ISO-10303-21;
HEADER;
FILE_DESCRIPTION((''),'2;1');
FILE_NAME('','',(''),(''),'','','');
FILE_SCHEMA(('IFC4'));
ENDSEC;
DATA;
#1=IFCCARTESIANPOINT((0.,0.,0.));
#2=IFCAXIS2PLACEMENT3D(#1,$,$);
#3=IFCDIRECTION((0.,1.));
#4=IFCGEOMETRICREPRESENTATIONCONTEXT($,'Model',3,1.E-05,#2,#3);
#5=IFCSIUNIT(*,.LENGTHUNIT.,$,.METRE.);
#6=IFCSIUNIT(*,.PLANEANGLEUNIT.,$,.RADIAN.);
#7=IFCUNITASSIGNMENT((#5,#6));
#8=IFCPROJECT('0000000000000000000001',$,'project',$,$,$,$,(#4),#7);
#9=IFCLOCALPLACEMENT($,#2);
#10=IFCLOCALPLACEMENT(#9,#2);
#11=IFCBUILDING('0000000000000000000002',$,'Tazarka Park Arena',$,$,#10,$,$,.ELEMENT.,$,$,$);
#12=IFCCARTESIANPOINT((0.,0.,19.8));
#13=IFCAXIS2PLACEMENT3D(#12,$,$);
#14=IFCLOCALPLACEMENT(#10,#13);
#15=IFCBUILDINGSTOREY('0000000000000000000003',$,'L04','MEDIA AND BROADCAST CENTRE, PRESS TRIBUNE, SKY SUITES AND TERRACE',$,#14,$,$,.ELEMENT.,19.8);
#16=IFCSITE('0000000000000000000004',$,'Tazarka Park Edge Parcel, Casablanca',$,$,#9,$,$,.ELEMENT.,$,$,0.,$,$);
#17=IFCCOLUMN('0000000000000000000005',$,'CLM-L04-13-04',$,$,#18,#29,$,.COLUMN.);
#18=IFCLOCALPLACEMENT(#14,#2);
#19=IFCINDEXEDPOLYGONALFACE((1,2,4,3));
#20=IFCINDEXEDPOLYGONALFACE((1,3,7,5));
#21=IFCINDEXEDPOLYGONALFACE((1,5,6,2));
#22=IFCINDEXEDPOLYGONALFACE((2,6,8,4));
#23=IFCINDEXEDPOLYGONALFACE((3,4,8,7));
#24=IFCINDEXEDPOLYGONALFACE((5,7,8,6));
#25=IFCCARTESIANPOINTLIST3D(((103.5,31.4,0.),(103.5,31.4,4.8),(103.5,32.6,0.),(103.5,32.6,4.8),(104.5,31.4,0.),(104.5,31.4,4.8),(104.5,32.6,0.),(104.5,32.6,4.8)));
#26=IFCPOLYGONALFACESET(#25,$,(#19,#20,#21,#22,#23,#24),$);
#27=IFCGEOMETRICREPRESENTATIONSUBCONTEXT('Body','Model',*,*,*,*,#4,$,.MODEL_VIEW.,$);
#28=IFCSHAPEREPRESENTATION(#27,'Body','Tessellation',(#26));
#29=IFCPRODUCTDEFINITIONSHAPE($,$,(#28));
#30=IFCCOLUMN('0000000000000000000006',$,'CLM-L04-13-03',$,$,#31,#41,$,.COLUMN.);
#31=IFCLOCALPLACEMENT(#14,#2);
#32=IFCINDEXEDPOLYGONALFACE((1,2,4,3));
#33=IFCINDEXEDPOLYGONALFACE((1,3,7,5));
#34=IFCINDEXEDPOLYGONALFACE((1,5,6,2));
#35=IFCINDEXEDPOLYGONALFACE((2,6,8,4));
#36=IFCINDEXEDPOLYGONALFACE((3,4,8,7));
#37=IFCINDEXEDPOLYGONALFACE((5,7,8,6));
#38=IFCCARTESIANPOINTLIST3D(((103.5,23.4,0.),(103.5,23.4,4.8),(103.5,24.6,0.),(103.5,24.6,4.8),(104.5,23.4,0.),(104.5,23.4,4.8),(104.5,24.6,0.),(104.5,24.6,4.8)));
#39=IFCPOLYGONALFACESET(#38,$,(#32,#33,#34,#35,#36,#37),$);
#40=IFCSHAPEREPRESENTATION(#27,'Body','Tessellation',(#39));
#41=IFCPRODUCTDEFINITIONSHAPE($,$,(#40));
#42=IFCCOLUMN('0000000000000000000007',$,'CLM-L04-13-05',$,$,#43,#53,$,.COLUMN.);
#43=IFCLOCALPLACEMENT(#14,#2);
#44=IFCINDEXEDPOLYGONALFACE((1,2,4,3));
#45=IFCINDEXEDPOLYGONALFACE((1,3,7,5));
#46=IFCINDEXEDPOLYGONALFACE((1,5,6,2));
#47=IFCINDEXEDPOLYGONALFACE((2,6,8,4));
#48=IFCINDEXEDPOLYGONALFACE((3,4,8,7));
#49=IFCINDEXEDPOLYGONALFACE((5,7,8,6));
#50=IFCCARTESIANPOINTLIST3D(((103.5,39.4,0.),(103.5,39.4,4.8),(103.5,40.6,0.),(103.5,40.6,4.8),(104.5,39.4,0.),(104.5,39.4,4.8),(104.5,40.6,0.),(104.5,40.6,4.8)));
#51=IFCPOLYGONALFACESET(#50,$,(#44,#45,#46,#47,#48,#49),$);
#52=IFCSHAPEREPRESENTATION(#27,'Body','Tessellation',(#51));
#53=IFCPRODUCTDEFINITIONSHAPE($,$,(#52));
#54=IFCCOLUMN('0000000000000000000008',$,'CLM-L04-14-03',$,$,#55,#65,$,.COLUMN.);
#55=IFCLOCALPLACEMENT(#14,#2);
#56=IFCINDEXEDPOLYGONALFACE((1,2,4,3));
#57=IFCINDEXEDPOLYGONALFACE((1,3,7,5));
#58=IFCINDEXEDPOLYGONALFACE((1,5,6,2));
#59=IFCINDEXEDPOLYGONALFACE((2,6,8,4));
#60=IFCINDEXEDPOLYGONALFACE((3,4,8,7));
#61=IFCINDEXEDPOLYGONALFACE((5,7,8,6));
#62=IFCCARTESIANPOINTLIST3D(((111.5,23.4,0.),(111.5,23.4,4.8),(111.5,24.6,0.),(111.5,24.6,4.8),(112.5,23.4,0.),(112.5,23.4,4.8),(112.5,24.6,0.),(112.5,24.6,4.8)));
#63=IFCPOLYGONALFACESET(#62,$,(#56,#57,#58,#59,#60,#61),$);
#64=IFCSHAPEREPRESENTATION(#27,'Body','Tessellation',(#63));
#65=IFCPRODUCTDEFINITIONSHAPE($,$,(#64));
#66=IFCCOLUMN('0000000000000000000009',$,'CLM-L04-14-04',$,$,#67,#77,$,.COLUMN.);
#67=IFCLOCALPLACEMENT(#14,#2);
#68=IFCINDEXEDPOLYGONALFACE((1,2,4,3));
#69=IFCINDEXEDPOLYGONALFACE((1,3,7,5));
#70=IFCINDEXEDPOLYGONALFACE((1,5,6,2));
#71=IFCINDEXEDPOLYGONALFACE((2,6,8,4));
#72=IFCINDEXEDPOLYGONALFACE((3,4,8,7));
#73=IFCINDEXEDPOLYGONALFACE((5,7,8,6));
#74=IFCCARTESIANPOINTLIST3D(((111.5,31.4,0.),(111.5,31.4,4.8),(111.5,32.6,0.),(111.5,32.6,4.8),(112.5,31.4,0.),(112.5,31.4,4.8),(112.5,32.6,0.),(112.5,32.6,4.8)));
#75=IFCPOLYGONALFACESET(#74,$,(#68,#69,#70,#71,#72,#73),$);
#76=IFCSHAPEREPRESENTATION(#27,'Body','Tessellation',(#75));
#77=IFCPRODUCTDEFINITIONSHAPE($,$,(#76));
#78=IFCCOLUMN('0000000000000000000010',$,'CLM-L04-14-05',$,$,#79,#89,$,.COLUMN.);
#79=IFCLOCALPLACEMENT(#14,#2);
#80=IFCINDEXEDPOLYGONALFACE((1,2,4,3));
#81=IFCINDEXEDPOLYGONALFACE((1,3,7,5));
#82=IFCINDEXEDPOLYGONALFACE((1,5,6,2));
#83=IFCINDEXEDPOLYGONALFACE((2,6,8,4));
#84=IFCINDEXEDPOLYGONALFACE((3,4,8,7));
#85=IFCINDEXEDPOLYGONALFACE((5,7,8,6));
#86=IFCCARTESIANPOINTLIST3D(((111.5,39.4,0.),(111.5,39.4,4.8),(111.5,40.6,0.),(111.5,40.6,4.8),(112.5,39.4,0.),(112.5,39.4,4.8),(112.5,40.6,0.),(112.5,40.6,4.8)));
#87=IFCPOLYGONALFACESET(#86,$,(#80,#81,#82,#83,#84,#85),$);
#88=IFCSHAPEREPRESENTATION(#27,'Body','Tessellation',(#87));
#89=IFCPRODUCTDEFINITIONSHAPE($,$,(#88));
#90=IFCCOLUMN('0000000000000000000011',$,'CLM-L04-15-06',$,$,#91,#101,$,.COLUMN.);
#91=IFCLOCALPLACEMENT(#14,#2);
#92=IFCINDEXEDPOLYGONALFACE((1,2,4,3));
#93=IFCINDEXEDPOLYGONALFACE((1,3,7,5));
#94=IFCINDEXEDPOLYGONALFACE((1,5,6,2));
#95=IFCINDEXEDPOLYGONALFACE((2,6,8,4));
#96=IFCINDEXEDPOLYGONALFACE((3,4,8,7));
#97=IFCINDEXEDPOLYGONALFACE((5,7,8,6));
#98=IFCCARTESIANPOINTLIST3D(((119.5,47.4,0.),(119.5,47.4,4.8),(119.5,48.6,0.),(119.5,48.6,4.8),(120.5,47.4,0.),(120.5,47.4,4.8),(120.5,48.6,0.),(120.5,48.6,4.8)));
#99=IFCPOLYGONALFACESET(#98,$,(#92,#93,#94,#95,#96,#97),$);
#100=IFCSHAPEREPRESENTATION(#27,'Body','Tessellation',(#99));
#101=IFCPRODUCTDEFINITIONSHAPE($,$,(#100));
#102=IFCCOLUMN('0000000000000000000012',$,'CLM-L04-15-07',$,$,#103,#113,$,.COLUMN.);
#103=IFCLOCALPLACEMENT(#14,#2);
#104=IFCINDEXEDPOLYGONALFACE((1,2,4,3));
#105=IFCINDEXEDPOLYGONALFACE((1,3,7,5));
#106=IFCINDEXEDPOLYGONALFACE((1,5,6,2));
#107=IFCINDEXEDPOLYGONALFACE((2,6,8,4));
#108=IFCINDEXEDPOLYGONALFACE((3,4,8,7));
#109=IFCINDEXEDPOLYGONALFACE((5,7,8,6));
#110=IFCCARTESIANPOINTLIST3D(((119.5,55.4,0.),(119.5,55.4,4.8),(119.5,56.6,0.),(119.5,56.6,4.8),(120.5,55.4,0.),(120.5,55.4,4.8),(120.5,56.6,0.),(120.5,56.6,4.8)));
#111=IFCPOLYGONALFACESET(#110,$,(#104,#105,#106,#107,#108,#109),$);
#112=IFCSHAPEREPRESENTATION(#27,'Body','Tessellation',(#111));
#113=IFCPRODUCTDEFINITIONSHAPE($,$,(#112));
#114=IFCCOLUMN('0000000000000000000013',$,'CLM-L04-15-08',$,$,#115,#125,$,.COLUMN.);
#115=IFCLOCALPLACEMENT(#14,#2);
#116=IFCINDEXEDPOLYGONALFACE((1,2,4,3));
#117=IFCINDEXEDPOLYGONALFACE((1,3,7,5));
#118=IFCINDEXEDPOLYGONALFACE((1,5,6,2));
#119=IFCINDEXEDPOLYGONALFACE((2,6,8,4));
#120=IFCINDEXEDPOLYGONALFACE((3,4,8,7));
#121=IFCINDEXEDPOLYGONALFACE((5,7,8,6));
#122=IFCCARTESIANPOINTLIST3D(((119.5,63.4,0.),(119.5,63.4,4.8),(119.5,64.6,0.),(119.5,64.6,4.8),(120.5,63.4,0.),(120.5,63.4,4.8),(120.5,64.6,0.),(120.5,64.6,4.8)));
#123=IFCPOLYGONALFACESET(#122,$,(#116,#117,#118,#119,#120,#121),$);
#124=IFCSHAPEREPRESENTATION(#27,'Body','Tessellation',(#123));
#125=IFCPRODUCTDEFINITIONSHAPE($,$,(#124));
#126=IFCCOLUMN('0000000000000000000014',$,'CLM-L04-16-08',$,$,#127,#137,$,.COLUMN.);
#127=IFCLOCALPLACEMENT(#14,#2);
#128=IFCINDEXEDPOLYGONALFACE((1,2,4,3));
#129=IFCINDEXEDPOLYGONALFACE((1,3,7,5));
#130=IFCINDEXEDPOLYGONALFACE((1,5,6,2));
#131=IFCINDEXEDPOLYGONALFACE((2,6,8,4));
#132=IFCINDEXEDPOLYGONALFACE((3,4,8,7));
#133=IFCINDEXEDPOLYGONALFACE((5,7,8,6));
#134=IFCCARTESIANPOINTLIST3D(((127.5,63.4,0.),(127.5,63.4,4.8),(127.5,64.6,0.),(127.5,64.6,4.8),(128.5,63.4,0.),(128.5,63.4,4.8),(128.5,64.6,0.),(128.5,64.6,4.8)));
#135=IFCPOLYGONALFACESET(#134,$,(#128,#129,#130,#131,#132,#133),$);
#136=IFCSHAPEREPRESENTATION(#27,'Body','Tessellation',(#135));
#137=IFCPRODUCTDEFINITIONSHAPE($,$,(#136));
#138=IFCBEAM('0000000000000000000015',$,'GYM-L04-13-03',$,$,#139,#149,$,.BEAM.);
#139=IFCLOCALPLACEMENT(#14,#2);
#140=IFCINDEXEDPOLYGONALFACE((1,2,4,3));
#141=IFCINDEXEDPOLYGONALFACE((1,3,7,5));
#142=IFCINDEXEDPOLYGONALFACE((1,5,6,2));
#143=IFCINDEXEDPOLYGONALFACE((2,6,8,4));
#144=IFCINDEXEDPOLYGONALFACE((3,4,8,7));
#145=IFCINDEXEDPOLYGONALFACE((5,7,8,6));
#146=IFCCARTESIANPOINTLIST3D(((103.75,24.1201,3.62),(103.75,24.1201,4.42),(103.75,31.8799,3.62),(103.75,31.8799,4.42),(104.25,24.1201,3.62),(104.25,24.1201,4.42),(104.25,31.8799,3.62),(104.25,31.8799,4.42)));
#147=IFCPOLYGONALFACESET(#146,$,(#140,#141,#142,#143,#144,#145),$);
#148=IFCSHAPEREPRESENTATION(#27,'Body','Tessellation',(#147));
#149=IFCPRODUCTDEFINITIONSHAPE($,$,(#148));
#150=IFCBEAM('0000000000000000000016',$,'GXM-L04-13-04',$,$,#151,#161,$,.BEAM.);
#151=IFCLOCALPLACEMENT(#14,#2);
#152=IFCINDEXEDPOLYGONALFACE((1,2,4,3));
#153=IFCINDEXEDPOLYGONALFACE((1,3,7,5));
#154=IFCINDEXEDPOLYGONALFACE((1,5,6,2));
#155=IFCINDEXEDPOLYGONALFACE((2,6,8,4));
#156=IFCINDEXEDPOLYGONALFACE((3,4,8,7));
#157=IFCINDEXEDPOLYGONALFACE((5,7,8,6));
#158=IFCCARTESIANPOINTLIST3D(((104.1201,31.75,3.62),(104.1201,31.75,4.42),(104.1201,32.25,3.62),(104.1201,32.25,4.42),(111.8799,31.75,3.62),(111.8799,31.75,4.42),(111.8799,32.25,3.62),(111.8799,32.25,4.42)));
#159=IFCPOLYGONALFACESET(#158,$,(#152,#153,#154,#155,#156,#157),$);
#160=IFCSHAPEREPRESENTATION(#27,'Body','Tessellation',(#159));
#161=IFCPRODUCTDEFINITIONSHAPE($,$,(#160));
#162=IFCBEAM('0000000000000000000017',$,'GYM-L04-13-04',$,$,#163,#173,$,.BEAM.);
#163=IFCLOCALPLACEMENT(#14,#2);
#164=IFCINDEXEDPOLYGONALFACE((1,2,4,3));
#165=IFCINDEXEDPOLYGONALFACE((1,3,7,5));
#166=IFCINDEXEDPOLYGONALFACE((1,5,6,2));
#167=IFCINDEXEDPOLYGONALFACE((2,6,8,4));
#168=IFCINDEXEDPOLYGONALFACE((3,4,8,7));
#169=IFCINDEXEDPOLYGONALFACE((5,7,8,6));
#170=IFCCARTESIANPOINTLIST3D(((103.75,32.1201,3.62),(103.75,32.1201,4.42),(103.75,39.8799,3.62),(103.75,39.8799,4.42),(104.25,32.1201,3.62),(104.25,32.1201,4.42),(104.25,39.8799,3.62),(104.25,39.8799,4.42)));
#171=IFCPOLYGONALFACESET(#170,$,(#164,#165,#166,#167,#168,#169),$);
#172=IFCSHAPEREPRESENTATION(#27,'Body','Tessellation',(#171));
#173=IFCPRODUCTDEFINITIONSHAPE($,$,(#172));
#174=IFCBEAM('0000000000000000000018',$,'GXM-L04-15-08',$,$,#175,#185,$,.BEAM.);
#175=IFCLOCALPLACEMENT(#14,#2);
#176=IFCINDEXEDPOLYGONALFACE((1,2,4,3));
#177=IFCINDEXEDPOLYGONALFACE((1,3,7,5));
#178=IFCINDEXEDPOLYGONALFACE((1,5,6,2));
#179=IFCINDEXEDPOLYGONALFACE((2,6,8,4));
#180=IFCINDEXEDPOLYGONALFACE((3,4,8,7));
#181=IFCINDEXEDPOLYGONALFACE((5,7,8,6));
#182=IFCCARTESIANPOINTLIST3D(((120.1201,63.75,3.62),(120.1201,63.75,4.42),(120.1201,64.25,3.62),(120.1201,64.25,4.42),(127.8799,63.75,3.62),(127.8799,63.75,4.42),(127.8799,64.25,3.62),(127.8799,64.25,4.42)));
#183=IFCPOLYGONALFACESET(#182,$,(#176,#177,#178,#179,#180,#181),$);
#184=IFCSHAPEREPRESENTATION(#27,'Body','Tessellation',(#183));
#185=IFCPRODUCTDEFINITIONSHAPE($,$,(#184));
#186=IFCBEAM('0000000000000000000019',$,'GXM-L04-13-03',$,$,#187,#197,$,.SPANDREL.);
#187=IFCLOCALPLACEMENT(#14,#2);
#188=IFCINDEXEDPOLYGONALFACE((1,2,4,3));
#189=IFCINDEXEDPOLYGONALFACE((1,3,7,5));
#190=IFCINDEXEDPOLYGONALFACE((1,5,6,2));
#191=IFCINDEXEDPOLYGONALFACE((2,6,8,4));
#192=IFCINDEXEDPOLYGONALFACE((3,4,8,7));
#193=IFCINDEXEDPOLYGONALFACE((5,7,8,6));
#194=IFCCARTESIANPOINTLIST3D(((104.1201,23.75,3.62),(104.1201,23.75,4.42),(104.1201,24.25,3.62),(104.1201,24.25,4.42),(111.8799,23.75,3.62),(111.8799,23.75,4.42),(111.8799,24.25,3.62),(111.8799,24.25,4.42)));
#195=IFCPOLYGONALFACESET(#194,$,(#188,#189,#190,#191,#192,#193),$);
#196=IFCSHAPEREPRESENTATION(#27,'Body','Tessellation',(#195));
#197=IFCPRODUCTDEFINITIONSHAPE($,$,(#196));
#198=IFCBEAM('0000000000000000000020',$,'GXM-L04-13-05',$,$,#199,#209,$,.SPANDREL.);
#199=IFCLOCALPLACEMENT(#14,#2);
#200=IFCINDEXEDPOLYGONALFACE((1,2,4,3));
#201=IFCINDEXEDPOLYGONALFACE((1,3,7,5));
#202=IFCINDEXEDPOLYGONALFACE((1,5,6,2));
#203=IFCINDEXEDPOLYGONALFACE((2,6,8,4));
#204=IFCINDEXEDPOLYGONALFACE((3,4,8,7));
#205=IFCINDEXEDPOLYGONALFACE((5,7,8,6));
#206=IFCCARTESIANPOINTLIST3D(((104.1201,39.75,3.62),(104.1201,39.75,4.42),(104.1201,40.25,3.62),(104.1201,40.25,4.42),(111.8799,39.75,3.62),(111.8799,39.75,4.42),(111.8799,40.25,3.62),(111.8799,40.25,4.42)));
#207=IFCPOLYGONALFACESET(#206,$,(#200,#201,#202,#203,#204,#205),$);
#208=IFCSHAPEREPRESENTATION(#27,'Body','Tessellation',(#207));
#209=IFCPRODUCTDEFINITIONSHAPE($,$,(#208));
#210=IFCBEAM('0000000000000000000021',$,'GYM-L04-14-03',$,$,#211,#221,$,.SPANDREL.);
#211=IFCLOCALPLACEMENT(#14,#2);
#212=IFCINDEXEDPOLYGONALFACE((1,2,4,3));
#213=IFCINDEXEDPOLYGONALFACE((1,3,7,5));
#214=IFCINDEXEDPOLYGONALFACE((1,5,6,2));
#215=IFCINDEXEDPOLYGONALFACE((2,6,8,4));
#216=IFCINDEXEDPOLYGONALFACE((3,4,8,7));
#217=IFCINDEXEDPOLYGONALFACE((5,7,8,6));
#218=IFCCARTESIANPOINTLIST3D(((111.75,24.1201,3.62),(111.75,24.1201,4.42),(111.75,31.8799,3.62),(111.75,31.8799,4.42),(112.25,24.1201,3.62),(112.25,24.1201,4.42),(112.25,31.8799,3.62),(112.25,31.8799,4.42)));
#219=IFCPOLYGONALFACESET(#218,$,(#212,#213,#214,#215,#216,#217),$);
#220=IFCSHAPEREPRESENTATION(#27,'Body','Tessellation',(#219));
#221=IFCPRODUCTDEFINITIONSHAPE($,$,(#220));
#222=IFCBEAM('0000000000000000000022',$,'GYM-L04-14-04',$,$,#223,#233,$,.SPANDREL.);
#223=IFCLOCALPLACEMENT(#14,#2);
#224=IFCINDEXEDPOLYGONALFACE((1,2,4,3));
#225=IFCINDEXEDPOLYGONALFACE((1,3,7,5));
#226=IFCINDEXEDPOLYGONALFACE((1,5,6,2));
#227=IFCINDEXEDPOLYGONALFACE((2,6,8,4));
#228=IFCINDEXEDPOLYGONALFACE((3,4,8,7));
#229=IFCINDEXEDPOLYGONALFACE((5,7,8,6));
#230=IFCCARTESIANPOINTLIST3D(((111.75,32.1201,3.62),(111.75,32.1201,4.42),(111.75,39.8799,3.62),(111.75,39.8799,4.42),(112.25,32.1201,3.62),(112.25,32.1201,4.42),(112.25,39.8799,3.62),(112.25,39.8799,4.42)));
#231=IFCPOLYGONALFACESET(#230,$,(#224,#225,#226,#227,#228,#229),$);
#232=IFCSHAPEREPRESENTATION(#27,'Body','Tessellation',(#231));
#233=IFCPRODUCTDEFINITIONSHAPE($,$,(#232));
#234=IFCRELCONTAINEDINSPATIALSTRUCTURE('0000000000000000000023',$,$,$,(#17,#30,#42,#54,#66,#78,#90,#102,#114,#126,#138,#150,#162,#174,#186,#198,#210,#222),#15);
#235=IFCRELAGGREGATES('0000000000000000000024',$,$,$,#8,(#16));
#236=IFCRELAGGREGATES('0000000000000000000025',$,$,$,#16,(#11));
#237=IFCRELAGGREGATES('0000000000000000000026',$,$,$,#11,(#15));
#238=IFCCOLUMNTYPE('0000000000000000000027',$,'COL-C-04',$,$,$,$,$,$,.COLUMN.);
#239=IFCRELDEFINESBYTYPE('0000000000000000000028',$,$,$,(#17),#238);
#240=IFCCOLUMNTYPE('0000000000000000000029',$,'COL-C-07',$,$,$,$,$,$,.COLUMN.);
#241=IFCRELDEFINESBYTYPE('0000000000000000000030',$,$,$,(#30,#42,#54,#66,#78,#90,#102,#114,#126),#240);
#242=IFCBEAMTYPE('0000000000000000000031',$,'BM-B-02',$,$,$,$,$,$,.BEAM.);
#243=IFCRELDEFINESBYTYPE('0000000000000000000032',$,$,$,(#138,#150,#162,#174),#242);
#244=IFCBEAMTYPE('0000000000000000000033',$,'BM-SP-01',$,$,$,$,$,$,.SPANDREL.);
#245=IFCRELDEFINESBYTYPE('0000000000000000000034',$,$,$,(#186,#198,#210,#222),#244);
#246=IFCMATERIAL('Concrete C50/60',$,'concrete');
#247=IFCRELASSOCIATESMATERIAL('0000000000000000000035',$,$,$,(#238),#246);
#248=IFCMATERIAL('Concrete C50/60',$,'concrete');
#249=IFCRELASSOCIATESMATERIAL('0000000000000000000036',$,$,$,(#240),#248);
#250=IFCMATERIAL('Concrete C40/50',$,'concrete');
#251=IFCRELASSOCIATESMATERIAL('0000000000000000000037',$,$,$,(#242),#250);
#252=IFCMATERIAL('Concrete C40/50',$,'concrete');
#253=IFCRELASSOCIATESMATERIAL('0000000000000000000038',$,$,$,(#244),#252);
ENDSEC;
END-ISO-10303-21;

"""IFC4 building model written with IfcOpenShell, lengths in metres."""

from ifc_helpers import new_model, si_unit, direction, frame, origin, origin_2d, place, context, subcontext, project, spatial, rectangle, extrude, material, material_profile, profile_set, type_object, element, save


model = new_model("IFC4")

# Units and contexts
model_context = context("Model", 3, precision=1e-05, world=origin(), true_north=direction((0.0, 1.0)))
body_context = subcontext(model_context, "Body", "Model", "MODEL_VIEW")
ifc_project = project(units=[si_unit("LENGTHUNIT", "METRE"), si_unit("PLANEANGLEUNIT", "RADIAN")], contexts=[model_context])

# Site, building, storey
site_placement = place(None, origin())
site = spatial("IfcSite", under=ifc_project, at=site_placement, Name="Tazarka Park Edge Parcel, Casablanca", CompositionType="ELEMENT", RefElevation=0.0)
building_placement = place(site_placement, origin())
building = spatial("IfcBuilding", under=site, at=building_placement, Name="Tazarka Park Arena", CompositionType="ELEMENT")
storey_placement = place(building_placement, frame((0.0, 0.0, 19.8)))
storey = spatial("IfcBuildingStorey", under=building, at=storey_placement, Name="L04", Description="MEDIA AND BROADCAST CENTRE, PRESS TRIBUNE, SKY SUITES AND TERRACE", CompositionType="ELEMENT", Elevation=19.8)

# Columns
ifc_material_1 = material(Name="Concrete C50/60", Category="concrete")
ifc_material_profile_1 = material_profile(ifc_material_1, rectangle(XDim=1.0, YDim=1.2, at=origin_2d()), Name="Concrete C50/60")
ifc_profile_set_1 = profile_set([ifc_material_profile_1], Name="Concrete C50/60")
column_type_1 = type_object("IfcColumnType", Name="COL-C-04", PredefinedType="COLUMN", material=ifc_profile_set_1)
column_placement = place(storey_placement, frame((104.0, 32.0, 0.0), z_axis=(0.0, 0.0, 1.0), x_axis=(1.0, 0.0, 0.0)))
element("IfcColumn", 1, at=column_placement, inside=storey, type_object=column_type_1, Name="CLM-L04-13-04", PredefinedType="COLUMN", context=body_context, shape_type="SweptSolid", body=[
    extrude(rectangle(XDim=1.0, YDim=1.2, at=origin_2d()), origin(), (0.0, 0.0, 1.0), 4.8),
])
ifc_material_2 = material(Name="Concrete C50/60", Category="concrete")
ifc_material_profile_2 = material_profile(ifc_material_2, rectangle(XDim=1.0, YDim=1.2, at=origin_2d()), Name="Concrete C50/60")
ifc_profile_set_2 = profile_set([ifc_material_profile_2], Name="Concrete C50/60")
column_type_2 = type_object("IfcColumnType", Name="COL-C-07", PredefinedType="COLUMN", material=ifc_profile_set_2)
for number, where, z_axis, x_axis, name in (
    (2, (104.0, 24.0, 0.0), (0.0, 0.0, 1.0), (1.0, 0.0, 0.0), "CLM-L04-13-03"),
    (3, (104.0, 40.0, 0.0), (0.0, 0.0, 1.0), (1.0, 0.0, 0.0), "CLM-L04-13-05"),
    (4, (112.0, 24.0, 0.0), (0.0, 0.0, 1.0), (1.0, 0.0, 0.0), "CLM-L04-14-03"),
    (5, (112.0, 32.0, 0.0), (0.0, 0.0, 1.0), (1.0, 0.0, 0.0), "CLM-L04-14-04"),
    (6, (112.0, 40.0, 0.0), (0.0, 0.0, 1.0), (1.0, 0.0, 0.0), "CLM-L04-14-05"),
    (7, (120.0, 48.0, 0.0), (0.0, 0.0, 1.0), (1.0, 0.0, 0.0), "CLM-L04-15-06"),
    (8, (120.0, 56.0, 0.0), (0.0, 0.0, 1.0), (1.0, 0.0, 0.0), "CLM-L04-15-07"),
    (9, (120.0, 64.0, 0.0), (0.0, 0.0, 1.0), (1.0, 0.0, 0.0), "CLM-L04-15-08"),
    (10, (128.0, 64.0, 0.0), (0.0, 0.0, 1.0), (1.0, 0.0, 0.0), "CLM-L04-16-08"),
):
    element("IfcColumn", number, at=place(storey_placement, frame(where, z_axis=z_axis, x_axis=x_axis)), inside=storey, type_object=column_type_2, Name=name, PredefinedType="COLUMN", context=body_context, shape_type="SweptSolid", body=[
        extrude(rectangle(XDim=1.0, YDim=1.2, at=origin_2d()), origin(), (0.0, 0.0, 1.0), 4.8),
    ])

# Beams
ifc_material_3 = material(Name="Concrete C40/50", Category="concrete")
ifc_material_profile_3 = material_profile(ifc_material_3, rectangle(XDim=0.5, YDim=0.8, at=origin_2d()), Name="Concrete C40/50")
ifc_profile_set_3 = profile_set([ifc_material_profile_3], Name="Concrete C40/50")
beam_type_1 = type_object("IfcBeamType", Name="BM-B-02", PredefinedType="BEAM", material=ifc_profile_set_3)
for number, where, z_axis, x_axis, name in (
    (11, (104.0, 24.1201, 4.02), (0.0, 1.0, 0.0), (-1.0, 0.0, 0.0), "GYM-L04-13-03"),
    (12, (104.1201, 32.0, 4.02), (1.0, 0.0, 0.0), (0.0, 1.0, 0.0), "GXM-L04-13-04"),
    (13, (104.0, 32.1201, 4.02), (0.0, 1.0, 0.0), (-1.0, 0.0, 0.0), "GYM-L04-13-04"),
    (14, (120.1201, 64.0, 4.02), (1.0, 0.0, 0.0), (0.0, 1.0, 0.0), "GXM-L04-15-08"),
):
    element("IfcBeam", number, at=place(storey_placement, frame(where, z_axis=z_axis, x_axis=x_axis)), inside=storey, type_object=beam_type_1, Name=name, PredefinedType="BEAM", context=body_context, shape_type="SweptSolid", body=[
        extrude(rectangle(XDim=0.5, YDim=0.8, at=origin_2d()), origin(), (0.0, 0.0, 1.0), 7.7598),
    ])
ifc_material_4 = material(Name="Concrete C40/50", Category="concrete")
ifc_material_profile_4 = material_profile(ifc_material_4, rectangle(XDim=0.5, YDim=0.8, at=origin_2d()), Name="Concrete C40/50")
ifc_profile_set_4 = profile_set([ifc_material_profile_4], Name="Concrete C40/50")
beam_type_2 = type_object("IfcBeamType", Name="BM-SP-01", PredefinedType="SPANDREL", material=ifc_profile_set_4)
for number, where, z_axis, x_axis, name in (
    (15, (104.1201, 24.0, 4.02), (1.0, 0.0, 0.0), (0.0, 1.0, 0.0), "GXM-L04-13-03"),
    (16, (104.1201, 40.0, 4.02), (1.0, 0.0, 0.0), (0.0, 1.0, 0.0), "GXM-L04-13-05"),
    (17, (112.0, 24.1201, 4.02), (0.0, 1.0, 0.0), (-1.0, 0.0, 0.0), "GYM-L04-14-03"),
    (18, (112.0, 32.1201, 4.02), (0.0, 1.0, 0.0), (-1.0, 0.0, 0.0), "GYM-L04-14-04"),
):
    element("IfcBeam", number, at=place(storey_placement, frame(where, z_axis=z_axis, x_axis=x_axis)), inside=storey, type_object=beam_type_2, Name=name, PredefinedType="SPANDREL", context=body_context, shape_type="SweptSolid", body=[
        extrude(rectangle(XDim=0.5, YDim=0.8, at=origin_2d()), origin(), (0.0, 0.0, 1.0), 7.7598),
    ])

save(model, "model.ifc")
